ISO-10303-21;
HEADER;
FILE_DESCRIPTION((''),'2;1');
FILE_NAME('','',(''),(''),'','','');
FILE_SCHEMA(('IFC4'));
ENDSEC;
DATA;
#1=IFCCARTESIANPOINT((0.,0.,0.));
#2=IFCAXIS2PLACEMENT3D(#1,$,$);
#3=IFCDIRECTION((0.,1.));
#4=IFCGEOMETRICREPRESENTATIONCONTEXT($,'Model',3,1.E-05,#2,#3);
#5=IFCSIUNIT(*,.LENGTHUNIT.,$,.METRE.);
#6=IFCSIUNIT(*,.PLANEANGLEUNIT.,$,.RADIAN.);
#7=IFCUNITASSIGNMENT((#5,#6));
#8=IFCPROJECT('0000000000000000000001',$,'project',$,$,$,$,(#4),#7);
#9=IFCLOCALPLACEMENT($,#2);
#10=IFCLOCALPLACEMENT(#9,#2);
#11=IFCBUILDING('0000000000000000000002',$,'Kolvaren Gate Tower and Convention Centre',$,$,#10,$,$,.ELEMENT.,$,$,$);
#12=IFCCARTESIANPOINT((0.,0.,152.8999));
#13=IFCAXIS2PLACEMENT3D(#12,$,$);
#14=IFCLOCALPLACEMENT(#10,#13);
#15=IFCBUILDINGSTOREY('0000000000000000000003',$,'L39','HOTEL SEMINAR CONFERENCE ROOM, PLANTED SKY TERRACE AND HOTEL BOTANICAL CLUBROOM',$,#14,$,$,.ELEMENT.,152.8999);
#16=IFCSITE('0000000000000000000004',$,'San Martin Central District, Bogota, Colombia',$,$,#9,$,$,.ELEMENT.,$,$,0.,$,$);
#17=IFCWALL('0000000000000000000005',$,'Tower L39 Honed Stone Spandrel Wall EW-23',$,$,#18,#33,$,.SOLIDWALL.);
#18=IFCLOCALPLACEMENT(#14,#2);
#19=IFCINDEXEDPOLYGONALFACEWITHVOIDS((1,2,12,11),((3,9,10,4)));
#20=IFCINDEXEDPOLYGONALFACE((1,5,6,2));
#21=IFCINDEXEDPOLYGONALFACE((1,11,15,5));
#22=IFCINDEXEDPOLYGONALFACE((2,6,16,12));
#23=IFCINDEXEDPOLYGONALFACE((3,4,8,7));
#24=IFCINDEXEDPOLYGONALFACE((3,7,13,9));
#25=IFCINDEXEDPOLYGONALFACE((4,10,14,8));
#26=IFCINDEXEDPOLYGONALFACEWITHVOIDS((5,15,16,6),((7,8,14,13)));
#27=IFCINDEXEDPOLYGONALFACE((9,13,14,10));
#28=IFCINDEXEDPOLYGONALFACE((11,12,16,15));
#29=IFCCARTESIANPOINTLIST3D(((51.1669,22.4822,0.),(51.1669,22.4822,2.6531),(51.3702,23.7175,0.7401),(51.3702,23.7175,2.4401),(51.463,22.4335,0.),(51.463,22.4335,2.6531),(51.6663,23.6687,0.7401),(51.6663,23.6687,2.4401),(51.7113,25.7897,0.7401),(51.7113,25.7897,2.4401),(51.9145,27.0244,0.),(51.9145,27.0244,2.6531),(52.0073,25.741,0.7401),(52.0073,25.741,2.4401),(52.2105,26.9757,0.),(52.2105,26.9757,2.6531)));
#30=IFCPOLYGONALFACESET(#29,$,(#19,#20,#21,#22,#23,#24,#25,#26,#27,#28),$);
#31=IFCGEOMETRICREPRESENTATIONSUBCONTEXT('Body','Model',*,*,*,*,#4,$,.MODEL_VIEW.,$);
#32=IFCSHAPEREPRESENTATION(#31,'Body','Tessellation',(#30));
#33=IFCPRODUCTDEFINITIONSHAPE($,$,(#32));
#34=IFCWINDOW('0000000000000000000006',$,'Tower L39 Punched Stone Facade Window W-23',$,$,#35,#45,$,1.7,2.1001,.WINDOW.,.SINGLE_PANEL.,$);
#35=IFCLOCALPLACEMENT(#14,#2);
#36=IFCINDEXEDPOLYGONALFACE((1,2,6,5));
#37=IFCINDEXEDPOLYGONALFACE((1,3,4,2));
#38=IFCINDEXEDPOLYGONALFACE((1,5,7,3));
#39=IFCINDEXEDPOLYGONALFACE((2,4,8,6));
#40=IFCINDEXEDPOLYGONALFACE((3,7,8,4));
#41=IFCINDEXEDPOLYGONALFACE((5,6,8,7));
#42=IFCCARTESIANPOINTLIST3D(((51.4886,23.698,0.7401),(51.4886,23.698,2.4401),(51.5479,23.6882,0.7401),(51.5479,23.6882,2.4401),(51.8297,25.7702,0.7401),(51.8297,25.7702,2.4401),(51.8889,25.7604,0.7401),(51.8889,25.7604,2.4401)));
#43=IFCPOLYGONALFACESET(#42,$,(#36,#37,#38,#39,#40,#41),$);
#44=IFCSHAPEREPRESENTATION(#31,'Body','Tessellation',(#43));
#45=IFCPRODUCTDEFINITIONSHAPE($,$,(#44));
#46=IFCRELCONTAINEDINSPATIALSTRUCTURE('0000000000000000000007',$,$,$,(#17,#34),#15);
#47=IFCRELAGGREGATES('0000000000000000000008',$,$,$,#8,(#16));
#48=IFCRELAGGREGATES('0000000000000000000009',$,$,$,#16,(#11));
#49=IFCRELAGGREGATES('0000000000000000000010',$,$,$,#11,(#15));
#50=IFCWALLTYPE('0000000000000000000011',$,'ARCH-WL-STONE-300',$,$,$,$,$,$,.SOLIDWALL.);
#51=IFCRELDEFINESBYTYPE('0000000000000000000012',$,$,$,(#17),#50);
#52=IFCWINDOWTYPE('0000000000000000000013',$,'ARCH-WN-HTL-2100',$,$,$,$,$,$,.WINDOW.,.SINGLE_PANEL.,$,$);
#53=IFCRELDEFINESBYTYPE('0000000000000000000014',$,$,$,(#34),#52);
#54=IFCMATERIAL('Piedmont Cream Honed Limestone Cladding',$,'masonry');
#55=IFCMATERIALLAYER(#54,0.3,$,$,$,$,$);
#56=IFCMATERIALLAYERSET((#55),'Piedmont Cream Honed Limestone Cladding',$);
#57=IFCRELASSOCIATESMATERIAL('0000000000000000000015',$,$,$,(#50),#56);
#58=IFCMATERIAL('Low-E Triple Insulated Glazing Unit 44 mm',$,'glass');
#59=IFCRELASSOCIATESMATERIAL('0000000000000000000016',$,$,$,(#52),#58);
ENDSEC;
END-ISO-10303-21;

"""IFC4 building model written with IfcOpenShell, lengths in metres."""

from ifc_helpers import new_model, si_unit, direction, frame, frame_2d, origin, place, context, subcontext, project, spatial, rectangle, extrude, material, layer, layer_set, type_object, element, fill, save


model = new_model("IFC4")

# Units and contexts
model_context = context("Model", 3, precision=1e-05, world=origin(), true_north=direction((0.0, 1.0)))
body_context = subcontext(model_context, "Body", "Model", "MODEL_VIEW")
ifc_project = project(units=[si_unit("LENGTHUNIT", "METRE"), si_unit("PLANEANGLEUNIT", "RADIAN")], contexts=[model_context])

# Site, building, storey
site_placement = place(None, origin())
site = spatial("IfcSite", under=ifc_project, at=site_placement, Name="San Martin Central District, Bogota, Colombia", CompositionType="ELEMENT", RefElevation=0.0)
building_placement = place(site_placement, origin())
building = spatial("IfcBuilding", under=site, at=building_placement, Name="Kolvaren Gate Tower and Convention Centre", CompositionType="ELEMENT")
storey_placement = place(building_placement, frame((0.0, 0.0, 152.8999)))
storey = spatial("IfcBuildingStorey", under=building, at=storey_placement, Name="L39", Description="HOTEL SEMINAR CONFERENCE ROOM, PLANTED SKY TERRACE AND HOTEL BOTANICAL CLUBROOM", CompositionType="ELEMENT", Elevation=152.8999)

# Shared definitions
ifc_material_1 = material(Name="Piedmont Cream Honed Limestone Cladding", Category="masonry")

# Shared definitions
ifc_layer_1 = layer(ifc_material_1, 0.3)
ifc_layer_set_1 = layer_set([ifc_layer_1], Name="Piedmont Cream Honed Limestone Cladding")
wall_type_1 = type_object("IfcWallType", Name="ARCH-WL-STONE-300", PredefinedType="SOLIDWALL", material=ifc_layer_set_1)
ifc_material_2 = material(Name="Low-E Triple Insulated Glazing Unit 44 mm", Category="glass")
window_type = type_object("IfcWindowType", Name="ARCH-WN-HTL-2100", PartitioningType="SINGLE_PANEL", PredefinedType="WINDOW", material=ifc_material_2)

# Wall, opening, window
wall_1_placement = place(storey_placement, frame((51.3149, 22.4578, 0.0), z_axis=(0.0, 0.0, 1.0), x_axis=(0.162395, 0.986726, 0.0)))
wall_1 = element("IfcWall", 1, at=wall_1_placement, inside=storey, type_object=wall_type_1, Name="Tower L39 Honed Stone Spandrel Wall EW-23", PredefinedType="SOLIDWALL", context=body_context, shape_type="SweptSolid", body=[
    extrude(rectangle(XDim=4.6033, YDim=0.3, at=frame_2d((2.3018, 0.0))), origin(), (0.0, 0.0, 1.0), 2.6531),
])
opening_1_placement = place(wall_1_placement, frame((1.252, 0.0, 0.74)))
opening_1 = element("IfcOpeningElement", 2, at=opening_1_placement, cuts=wall_1, PredefinedType="OPENING", context=body_context, shape_type="SweptSolid", body=[
    extrude(rectangle(XDim=2.1001, YDim=1.7, at=frame_2d((1.05, 0.8501))), frame((0.0, 0.1599, 0.0), z_axis=(0.0, -1.0, 0.0), x_axis=(1.0, 0.0, 0.0)), (0.0, 0.0, 1.0), 0.3201),
])
window_1_placement = place(opening_1_placement, origin())
window_1 = element("IfcWindow", 3, at=window_1_placement, inside=storey, type_object=window_type, Name="Tower L39 Punched Stone Facade Window W-23", OverallHeight=1.7, OverallWidth=2.1001, PartitioningType="SINGLE_PANEL", PredefinedType="WINDOW", context=body_context, shape_type="SweptSolid", body=[
    extrude(rectangle(XDim=2.1001, YDim=1.7, at=frame_2d((1.05, 0.8501))), frame((0.0, 0.03, 0.0), z_axis=(0.0, -1.0, 0.0), x_axis=(1.0, 0.0, 0.0)), (0.0, 0.0, 1.0), 0.0601),
])
fill(opening_1, window_1)

save(model, "model.ifc")
